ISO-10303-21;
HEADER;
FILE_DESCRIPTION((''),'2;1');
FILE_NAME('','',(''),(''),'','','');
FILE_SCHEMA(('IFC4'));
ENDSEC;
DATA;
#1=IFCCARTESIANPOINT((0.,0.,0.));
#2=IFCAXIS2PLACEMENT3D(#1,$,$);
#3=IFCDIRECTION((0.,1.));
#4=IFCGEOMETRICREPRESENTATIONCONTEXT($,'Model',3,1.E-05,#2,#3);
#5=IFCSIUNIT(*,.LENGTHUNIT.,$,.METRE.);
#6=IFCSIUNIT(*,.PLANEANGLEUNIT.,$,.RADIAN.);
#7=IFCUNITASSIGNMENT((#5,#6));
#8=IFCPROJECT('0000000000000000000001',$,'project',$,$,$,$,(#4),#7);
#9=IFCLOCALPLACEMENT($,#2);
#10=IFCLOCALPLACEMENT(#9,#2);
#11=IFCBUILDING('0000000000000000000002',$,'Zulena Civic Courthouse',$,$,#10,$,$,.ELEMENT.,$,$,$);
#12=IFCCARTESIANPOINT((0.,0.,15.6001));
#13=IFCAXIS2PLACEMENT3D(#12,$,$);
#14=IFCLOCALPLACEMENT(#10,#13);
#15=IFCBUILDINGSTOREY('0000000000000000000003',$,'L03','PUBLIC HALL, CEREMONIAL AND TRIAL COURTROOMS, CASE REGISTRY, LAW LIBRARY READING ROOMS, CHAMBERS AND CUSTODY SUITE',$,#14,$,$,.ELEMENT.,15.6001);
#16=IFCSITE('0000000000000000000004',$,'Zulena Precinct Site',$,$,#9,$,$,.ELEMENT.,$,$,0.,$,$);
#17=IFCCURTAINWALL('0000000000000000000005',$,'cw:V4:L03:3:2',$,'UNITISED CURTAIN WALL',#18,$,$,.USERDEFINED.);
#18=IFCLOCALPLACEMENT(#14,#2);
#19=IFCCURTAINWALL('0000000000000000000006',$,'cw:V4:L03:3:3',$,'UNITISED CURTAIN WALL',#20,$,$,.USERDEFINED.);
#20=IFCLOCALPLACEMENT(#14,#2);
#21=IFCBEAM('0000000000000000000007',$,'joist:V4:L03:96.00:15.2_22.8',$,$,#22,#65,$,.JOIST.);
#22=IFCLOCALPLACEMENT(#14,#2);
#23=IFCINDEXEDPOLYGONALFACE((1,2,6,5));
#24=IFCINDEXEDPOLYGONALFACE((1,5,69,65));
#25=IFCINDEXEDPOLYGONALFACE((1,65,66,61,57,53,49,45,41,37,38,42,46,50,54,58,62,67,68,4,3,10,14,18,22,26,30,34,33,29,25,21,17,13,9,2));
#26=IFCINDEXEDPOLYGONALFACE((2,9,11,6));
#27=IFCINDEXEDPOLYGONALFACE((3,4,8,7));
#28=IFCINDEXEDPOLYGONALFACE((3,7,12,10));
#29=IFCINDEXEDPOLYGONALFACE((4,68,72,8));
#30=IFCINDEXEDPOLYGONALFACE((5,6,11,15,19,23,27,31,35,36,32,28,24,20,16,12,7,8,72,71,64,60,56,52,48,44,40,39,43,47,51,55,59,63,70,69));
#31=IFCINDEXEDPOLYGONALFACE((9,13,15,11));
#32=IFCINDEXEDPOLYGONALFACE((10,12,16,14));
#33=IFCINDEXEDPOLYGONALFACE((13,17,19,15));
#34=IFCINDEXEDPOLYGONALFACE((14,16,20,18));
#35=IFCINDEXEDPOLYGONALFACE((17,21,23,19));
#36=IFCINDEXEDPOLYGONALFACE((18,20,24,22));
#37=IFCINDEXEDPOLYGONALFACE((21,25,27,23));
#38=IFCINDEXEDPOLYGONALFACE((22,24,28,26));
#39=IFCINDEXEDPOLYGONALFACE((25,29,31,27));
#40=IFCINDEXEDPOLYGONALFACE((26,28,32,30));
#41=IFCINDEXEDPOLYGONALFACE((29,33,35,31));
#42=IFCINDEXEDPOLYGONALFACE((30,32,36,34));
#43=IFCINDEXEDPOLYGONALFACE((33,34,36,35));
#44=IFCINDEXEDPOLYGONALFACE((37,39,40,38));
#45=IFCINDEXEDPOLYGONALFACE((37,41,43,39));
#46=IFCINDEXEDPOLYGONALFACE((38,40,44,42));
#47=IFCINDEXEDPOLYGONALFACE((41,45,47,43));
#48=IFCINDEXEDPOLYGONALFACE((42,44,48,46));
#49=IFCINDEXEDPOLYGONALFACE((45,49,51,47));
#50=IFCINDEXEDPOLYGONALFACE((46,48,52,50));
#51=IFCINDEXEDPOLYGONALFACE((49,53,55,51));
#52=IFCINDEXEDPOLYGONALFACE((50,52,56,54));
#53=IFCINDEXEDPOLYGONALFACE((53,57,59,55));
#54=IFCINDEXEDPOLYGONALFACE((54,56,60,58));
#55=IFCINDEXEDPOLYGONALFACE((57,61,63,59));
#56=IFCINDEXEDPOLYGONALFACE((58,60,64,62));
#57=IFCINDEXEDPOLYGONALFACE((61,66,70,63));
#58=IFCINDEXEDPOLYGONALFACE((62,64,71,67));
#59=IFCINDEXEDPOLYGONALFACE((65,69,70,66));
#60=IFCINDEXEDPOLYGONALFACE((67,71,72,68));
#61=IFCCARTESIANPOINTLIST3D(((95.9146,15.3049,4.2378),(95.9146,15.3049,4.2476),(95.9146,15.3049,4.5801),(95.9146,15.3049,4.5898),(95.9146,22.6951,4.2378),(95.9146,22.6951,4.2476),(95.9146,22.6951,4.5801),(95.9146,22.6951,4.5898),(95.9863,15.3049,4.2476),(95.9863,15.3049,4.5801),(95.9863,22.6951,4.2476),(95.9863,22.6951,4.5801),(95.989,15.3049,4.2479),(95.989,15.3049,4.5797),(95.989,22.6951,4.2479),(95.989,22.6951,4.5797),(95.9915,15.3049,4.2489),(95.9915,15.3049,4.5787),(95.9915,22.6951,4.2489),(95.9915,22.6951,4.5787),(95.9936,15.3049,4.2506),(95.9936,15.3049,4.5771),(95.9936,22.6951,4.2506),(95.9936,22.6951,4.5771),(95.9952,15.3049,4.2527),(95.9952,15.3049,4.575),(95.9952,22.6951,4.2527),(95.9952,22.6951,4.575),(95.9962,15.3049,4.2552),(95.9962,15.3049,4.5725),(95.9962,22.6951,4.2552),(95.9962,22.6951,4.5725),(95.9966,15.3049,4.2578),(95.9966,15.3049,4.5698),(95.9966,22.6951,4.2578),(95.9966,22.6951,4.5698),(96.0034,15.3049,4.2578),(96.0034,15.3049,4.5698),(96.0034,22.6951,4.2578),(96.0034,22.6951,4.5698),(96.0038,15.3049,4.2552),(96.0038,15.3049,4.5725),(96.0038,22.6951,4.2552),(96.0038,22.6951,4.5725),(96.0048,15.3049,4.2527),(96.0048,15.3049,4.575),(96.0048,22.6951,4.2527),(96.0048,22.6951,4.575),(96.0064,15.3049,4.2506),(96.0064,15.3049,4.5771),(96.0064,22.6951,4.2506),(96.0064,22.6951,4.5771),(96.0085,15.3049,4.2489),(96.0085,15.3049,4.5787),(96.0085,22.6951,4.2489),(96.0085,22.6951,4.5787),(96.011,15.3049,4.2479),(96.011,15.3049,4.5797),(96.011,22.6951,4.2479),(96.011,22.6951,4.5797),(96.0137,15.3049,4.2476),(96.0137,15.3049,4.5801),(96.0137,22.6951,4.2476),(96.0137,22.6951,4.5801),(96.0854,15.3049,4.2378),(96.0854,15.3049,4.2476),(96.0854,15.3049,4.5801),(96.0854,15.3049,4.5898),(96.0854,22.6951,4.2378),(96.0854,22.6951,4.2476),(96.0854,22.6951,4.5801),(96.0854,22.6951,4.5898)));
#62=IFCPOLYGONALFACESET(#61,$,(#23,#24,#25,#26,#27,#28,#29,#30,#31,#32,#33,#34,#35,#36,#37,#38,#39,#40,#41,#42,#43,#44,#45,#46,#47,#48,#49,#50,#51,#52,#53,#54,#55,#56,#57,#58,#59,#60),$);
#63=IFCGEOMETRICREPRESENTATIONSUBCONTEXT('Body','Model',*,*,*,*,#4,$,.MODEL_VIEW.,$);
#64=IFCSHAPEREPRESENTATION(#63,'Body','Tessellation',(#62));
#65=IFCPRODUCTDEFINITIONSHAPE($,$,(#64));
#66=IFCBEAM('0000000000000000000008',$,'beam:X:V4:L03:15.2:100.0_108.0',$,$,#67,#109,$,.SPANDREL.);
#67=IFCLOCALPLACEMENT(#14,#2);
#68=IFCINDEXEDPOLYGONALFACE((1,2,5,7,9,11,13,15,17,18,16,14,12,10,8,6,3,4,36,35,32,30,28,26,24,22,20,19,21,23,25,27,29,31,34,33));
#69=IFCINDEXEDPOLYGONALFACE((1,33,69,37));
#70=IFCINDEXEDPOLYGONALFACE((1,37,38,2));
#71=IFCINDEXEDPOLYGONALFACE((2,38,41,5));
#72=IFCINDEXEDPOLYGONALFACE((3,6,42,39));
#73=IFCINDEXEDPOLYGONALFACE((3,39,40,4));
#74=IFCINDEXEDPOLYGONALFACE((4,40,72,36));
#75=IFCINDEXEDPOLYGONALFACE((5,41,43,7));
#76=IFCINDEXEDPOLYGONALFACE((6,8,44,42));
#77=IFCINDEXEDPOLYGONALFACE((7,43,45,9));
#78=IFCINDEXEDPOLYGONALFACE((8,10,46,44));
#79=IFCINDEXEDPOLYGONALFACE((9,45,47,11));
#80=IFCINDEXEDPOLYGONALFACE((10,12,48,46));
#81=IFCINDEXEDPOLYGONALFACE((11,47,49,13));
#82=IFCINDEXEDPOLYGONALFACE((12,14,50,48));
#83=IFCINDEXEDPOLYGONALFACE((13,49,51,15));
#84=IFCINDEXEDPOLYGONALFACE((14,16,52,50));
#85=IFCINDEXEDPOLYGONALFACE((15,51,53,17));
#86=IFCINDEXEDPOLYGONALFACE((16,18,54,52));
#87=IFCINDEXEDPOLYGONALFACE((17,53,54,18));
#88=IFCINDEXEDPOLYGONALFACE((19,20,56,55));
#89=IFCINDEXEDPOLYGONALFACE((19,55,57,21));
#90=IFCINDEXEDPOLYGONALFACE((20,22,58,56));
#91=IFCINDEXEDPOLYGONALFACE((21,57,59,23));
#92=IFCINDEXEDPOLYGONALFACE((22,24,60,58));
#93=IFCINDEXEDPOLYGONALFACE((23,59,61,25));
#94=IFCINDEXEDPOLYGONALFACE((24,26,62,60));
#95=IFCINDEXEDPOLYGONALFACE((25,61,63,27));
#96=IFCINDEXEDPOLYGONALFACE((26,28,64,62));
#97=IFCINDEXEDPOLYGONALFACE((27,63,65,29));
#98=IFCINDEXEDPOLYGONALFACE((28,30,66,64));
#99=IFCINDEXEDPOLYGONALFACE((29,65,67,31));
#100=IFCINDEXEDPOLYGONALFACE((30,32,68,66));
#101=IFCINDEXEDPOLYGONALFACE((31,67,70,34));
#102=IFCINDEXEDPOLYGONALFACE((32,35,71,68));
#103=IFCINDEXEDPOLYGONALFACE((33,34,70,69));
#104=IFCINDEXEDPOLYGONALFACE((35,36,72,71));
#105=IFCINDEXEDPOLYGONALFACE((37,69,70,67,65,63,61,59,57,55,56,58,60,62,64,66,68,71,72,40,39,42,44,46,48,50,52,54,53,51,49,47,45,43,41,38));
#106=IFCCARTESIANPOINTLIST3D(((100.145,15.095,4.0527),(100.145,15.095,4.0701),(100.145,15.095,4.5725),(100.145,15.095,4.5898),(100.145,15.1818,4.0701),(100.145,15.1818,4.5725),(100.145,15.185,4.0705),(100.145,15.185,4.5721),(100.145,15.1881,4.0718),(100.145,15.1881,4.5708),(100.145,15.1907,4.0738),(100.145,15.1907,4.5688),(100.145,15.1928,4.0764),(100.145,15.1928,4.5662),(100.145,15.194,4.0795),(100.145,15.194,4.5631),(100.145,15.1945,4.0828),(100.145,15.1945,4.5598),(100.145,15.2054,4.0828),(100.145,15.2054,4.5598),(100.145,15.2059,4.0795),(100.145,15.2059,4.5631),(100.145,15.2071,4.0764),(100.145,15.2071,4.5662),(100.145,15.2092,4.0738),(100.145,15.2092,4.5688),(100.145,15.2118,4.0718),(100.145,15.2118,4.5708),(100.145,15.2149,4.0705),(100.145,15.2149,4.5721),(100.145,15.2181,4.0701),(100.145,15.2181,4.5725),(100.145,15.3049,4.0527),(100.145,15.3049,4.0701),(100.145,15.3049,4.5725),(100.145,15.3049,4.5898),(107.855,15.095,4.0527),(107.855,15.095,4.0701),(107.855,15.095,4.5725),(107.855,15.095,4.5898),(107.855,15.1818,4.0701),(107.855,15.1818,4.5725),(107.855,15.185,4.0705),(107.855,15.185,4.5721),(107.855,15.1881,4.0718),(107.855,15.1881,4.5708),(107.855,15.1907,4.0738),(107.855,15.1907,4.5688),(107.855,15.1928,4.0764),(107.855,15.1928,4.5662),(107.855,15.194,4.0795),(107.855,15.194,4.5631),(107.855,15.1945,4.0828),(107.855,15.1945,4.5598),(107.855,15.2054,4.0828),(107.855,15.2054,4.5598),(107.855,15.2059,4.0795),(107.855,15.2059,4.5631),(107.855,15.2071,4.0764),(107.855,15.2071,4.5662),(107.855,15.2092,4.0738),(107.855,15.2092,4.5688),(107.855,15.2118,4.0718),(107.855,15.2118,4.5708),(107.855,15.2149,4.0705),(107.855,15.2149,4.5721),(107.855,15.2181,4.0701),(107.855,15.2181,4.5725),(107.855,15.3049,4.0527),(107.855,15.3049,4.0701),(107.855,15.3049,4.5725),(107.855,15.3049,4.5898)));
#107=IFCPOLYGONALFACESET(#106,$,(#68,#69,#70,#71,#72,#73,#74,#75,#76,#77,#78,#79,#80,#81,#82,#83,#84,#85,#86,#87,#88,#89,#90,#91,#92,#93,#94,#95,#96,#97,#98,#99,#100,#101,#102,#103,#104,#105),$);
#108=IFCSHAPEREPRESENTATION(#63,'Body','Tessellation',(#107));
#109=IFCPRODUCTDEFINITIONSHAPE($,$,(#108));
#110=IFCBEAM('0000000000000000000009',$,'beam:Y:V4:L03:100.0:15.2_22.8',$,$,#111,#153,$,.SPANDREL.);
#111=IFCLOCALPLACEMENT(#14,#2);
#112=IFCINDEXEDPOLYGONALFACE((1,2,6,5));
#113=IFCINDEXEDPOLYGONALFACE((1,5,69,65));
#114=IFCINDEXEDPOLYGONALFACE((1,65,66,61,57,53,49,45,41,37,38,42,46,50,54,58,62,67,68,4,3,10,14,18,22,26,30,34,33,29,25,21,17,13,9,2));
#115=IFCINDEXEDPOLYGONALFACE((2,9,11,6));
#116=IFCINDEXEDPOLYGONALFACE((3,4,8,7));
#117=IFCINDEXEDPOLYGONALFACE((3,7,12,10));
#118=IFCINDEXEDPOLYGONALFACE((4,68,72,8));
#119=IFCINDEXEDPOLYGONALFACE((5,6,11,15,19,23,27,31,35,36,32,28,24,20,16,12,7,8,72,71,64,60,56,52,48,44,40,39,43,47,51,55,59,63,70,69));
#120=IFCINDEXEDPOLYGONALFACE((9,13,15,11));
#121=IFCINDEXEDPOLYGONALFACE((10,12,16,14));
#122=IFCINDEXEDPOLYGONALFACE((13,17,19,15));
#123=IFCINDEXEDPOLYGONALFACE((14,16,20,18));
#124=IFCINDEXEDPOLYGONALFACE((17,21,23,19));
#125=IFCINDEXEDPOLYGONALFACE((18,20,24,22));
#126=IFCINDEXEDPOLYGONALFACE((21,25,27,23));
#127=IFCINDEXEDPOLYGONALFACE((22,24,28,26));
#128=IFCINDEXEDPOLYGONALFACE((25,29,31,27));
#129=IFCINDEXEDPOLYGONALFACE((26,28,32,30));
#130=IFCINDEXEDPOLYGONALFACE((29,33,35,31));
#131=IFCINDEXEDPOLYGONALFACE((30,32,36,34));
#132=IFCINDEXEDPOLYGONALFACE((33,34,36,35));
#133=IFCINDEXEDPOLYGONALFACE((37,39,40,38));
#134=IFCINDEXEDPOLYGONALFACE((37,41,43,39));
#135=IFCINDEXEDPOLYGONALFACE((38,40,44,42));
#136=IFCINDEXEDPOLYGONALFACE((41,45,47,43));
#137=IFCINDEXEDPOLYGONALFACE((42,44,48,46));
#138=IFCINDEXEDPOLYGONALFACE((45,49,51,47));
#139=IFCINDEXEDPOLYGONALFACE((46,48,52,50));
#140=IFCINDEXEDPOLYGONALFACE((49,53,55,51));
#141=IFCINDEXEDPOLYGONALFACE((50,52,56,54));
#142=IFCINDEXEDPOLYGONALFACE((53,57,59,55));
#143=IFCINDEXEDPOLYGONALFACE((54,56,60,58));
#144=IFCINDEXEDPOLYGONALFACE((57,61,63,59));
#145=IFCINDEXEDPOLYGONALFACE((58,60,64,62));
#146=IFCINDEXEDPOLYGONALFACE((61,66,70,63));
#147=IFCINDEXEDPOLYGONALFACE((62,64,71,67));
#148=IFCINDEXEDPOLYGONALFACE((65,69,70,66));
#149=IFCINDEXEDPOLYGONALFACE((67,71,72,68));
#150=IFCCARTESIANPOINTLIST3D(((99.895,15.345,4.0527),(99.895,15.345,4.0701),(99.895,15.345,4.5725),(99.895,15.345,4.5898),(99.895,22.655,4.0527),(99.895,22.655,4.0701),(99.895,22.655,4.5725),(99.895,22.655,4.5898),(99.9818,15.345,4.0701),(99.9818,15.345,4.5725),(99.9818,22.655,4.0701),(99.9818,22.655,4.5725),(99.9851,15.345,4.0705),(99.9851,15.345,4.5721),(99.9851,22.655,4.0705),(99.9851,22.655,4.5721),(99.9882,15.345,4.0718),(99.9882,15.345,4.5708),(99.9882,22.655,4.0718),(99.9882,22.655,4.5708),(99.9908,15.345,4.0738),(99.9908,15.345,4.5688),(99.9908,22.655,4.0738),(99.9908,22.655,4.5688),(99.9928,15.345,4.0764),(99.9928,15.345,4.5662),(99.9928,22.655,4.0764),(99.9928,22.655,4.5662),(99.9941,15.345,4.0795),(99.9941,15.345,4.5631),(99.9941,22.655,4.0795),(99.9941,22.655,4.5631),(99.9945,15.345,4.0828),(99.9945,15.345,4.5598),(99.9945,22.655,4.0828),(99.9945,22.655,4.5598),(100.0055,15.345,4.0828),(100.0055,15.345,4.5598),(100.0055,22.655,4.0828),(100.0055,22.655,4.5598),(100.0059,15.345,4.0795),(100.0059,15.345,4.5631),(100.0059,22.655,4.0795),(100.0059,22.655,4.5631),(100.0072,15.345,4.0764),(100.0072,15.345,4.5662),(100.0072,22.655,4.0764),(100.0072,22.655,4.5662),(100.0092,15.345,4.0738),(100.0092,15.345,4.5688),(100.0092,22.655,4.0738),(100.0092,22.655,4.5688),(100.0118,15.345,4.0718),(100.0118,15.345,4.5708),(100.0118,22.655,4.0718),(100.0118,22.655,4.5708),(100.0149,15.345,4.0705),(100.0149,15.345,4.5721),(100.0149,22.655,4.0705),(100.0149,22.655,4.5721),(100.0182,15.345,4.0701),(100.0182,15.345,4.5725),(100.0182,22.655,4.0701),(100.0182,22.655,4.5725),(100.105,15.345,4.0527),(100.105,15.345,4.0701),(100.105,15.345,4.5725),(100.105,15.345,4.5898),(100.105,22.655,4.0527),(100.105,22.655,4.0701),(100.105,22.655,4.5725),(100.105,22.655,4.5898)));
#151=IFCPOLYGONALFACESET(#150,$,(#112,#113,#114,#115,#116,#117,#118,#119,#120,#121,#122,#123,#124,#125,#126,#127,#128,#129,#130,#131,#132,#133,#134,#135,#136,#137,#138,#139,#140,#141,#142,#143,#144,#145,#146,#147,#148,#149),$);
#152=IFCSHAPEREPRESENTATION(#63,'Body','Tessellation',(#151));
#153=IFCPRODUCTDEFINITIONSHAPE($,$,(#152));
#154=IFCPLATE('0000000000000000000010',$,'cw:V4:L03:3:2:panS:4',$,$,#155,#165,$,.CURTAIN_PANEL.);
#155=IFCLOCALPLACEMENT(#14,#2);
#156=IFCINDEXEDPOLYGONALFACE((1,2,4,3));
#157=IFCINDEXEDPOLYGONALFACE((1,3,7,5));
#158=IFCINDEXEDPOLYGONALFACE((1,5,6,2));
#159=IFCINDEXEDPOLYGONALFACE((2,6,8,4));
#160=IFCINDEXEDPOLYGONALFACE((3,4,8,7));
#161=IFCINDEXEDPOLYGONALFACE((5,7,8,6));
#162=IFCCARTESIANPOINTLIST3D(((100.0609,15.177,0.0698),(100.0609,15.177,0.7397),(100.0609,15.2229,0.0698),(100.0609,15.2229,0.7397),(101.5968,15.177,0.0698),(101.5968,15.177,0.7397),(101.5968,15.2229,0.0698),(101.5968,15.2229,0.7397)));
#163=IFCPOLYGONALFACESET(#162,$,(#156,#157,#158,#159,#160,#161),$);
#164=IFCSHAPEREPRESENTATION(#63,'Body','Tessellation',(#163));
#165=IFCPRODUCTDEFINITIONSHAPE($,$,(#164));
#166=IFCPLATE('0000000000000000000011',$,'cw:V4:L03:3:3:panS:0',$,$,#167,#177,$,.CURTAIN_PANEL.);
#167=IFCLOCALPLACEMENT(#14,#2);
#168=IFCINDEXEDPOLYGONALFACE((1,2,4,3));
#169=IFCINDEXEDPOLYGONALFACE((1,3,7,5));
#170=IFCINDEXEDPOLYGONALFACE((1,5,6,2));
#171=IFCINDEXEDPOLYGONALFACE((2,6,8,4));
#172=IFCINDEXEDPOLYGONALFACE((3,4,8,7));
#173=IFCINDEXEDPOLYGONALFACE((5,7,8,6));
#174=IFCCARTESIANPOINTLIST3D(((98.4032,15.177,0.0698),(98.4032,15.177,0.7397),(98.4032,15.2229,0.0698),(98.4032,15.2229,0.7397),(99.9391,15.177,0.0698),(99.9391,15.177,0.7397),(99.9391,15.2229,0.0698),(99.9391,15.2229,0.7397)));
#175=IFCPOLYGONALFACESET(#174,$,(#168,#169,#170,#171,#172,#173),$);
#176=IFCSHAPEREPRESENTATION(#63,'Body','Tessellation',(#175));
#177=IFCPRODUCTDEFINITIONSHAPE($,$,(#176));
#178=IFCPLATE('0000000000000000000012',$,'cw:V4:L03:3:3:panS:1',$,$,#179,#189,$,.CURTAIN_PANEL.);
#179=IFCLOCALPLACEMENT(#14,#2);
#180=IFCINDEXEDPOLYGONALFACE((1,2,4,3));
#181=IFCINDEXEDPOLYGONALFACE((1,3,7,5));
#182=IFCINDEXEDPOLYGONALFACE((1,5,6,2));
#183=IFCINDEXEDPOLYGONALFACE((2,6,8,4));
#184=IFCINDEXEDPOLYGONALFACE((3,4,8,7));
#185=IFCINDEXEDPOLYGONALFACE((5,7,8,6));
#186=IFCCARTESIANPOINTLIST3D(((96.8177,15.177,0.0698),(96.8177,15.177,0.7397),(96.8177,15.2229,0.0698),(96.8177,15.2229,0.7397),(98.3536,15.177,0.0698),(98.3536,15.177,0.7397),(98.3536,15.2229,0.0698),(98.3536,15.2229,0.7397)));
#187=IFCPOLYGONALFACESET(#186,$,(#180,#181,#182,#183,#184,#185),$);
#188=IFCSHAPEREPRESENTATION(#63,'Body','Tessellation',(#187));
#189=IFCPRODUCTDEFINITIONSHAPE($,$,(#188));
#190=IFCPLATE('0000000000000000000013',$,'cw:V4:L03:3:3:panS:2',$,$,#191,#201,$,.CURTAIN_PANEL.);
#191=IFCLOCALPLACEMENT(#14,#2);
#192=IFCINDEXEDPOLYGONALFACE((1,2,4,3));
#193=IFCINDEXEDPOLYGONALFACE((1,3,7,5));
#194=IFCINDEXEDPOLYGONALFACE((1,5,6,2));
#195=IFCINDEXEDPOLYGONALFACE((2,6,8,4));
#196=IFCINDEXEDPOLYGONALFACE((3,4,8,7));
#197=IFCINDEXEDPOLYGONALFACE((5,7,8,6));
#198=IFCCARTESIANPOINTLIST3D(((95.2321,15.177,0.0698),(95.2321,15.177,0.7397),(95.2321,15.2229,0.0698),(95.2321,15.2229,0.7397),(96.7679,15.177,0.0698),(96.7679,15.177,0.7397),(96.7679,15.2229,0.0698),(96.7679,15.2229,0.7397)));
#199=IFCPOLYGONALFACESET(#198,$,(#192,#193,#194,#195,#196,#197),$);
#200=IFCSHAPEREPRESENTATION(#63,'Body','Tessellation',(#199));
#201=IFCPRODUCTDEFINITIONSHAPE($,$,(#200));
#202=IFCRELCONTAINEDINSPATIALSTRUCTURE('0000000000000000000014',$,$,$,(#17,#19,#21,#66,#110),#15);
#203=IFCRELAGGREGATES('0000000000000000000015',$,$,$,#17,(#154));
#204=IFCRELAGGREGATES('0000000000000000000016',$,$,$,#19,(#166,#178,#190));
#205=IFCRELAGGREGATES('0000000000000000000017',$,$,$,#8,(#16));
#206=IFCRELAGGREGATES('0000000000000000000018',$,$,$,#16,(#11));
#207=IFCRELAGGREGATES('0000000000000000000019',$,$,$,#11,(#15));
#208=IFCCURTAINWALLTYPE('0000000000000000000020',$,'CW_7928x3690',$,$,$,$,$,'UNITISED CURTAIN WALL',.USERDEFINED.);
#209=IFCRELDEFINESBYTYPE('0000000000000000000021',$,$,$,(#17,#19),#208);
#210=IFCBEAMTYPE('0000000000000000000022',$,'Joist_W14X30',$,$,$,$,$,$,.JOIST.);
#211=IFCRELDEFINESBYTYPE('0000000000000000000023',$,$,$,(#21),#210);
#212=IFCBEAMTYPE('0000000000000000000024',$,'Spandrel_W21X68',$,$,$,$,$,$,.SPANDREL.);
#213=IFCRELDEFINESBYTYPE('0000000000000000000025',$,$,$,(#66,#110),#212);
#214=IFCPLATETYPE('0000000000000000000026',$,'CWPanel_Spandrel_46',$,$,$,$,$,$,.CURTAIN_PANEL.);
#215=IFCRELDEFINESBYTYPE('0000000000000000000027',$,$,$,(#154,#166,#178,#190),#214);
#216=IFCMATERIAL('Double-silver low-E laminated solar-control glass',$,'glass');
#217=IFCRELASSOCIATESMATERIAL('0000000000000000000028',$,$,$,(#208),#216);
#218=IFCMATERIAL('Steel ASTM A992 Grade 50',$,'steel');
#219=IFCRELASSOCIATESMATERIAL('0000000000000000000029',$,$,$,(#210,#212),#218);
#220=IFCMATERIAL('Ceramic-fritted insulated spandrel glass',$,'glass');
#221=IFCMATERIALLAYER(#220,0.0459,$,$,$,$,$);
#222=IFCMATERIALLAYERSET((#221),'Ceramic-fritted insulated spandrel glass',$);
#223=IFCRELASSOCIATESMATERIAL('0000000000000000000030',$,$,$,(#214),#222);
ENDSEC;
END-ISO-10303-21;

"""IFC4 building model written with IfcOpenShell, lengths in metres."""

from ifc_helpers import new_model, si_unit, direction, frame, origin, origin_2d, place, context, subcontext, project, spatial, rectangle, i_section, extrude, material, layer, layer_set, material_profile, profile_set, type_object, element, aggregate, save


model = new_model("IFC4")

# Units and contexts
model_context = context("Model", 3, precision=1e-05, world=origin(), true_north=direction((0.0, 1.0)))
body_context = subcontext(model_context, "Body", "Model", "MODEL_VIEW")
ifc_project = project(units=[si_unit("LENGTHUNIT", "METRE"), si_unit("PLANEANGLEUNIT", "RADIAN")], contexts=[model_context])

# Site, building, storey
site_placement = place(None, origin())
site = spatial("IfcSite", under=ifc_project, at=site_placement, Name="Zulena Precinct Site", CompositionType="ELEMENT", RefElevation=0.0)
building_placement = place(site_placement, origin())
building = spatial("IfcBuilding", under=site, at=building_placement, Name="Zulena Civic Courthouse", CompositionType="ELEMENT")
storey_placement = place(building_placement, frame((0.0, 0.0, 15.6001)))
storey = spatial("IfcBuildingStorey", under=building, at=storey_placement, Name="L03", Description="PUBLIC HALL, CEREMONIAL AND TRIAL COURTROOMS, CASE REGISTRY, LAW LIBRARY READING ROOMS, CHAMBERS AND CUSTODY SUITE", CompositionType="ELEMENT", Elevation=15.6001)

# Shared definitions
ifc_material_1 = material(Name="Steel ASTM A992 Grade 50", Category="steel")

# Curtain wall
ifc_material_2 = material(Name="Double-silver low-E laminated solar-control glass", Category="glass")
curtain_wall_type = type_object("IfcCurtainWallType", Name="CW_7928x3690", ElementType="UNITISED CURTAIN WALL", PredefinedType="USERDEFINED", material=ifc_material_2)
curtain_wall_1_placement = place(storey_placement, origin())
curtain_wall_1 = element("IfcCurtainWall", 1, at=curtain_wall_1_placement, inside=storey, type_object=curtain_wall_type, Name="cw:V4:L03:3:2", ObjectType="UNITISED CURTAIN WALL", PredefinedType="USERDEFINED")

# Curtain wall
curtain_wall_2_placement = place(storey_placement, origin())
curtain_wall_2 = element("IfcCurtainWall", 2, at=curtain_wall_2_placement, inside=storey, type_object=curtain_wall_type, Name="cw:V4:L03:3:3", ObjectType="UNITISED CURTAIN WALL", PredefinedType="USERDEFINED")

# Beams
ifc_material_profile_1 = material_profile(ifc_material_1, i_section(OverallWidth=0.1709, OverallDepth=0.3521, WebThickness=0.0068, FlangeThickness=0.0098, FilletRadius=0.0103, at=origin_2d()), Name="W14X30")
ifc_profile_set_1 = profile_set([ifc_material_profile_1], Name="Steel ASTM A992 Grade 50")
beam_type_1 = type_object("IfcBeamType", Name="Joist_W14X30", PredefinedType="JOIST", material=ifc_profile_set_1)
beam_1_placement = place(storey_placement, frame((96.0, 15.3049, 4.4138), z_axis=(0.0, 1.0, 0.0), x_axis=(-1.0, 0.0, 0.0)))
element("IfcBeam", 3, at=beam_1_placement, inside=storey, type_object=beam_type_1, Name="joist:V4:L03:96.00:15.2_22.8", PredefinedType="JOIST", context=body_context, shape_type="SweptSolid", body=[
    extrude(i_section(OverallWidth=0.1709, OverallDepth=0.3521, WebThickness=0.0068, FlangeThickness=0.0098, FilletRadius=0.0103, at=origin_2d()), origin(), (0.0, 0.0, 1.0), 7.3901),
])
ifc_material_profile_2 = material_profile(ifc_material_1, i_section(OverallWidth=0.21, OverallDepth=0.5371, WebThickness=0.011, FlangeThickness=0.0173, FilletRadius=0.0127, at=origin_2d()), Name="W21X68")
ifc_profile_set_2 = profile_set([ifc_material_profile_2], Name="Steel ASTM A992 Grade 50")
beam_type_2 = type_object("IfcBeamType", Name="Spandrel_W21X68", PredefinedType="SPANDREL", material=ifc_profile_set_2)
beam_2_placement = place(storey_placement, frame((100.145, 15.2, 4.3213), z_axis=(1.0, 0.0, 0.0), x_axis=(0.0, 1.0, 0.0)))
element("IfcBeam", 4, at=beam_2_placement, inside=storey, type_object=beam_type_2, Name="beam:X:V4:L03:15.2:100.0_108.0", PredefinedType="SPANDREL", context=body_context, shape_type="SweptSolid", body=[
    extrude(i_section(OverallWidth=0.21, OverallDepth=0.5371, WebThickness=0.011, FlangeThickness=0.0173, FilletRadius=0.0127, at=origin_2d()), origin(), (0.0, 0.0, 1.0), 7.71),
])
beam_3_placement = place(storey_placement, frame((100.0, 15.345, 4.3213), z_axis=(0.0, 1.0, 0.0), x_axis=(-1.0, 0.0, 0.0)))
element("IfcBeam", 5, at=beam_3_placement, inside=storey, type_object=beam_type_2, Name="beam:Y:V4:L03:100.0:15.2_22.8", PredefinedType="SPANDREL", context=body_context, shape_type="SweptSolid", body=[
    extrude(i_section(OverallWidth=0.21, OverallDepth=0.5371, WebThickness=0.011, FlangeThickness=0.0173, FilletRadius=0.0127, at=origin_2d()), origin(), (0.0, 0.0, 1.0), 7.3101),
])

# Plates
ifc_material_3 = material(Name="Ceramic-fritted insulated spandrel glass", Category="glass")
ifc_layer_1 = layer(ifc_material_3, 0.0459)
ifc_layer_set_1 = layer_set([ifc_layer_1], Name="Ceramic-fritted insulated spandrel glass")
plate_type_1 = type_object("IfcPlateType", Name="CWPanel_Spandrel_46", PredefinedType="CURTAIN_PANEL", material=ifc_layer_set_1)
plate_1_placement = place(storey_placement, frame((100.8289, 15.2, 0.0698), z_axis=(0.0, 0.0, 1.0), x_axis=(-1.0, 0.0, 0.0)))
plate_1 = element("IfcPlate", 6, at=plate_1_placement, type_object=plate_type_1, Name="cw:V4:L03:3:2:panS:4", PredefinedType="CURTAIN_PANEL", context=body_context, shape_type="SweptSolid", body=[
    extrude(rectangle(XDim=1.5359, YDim=0.0459, at=origin_2d()), origin(), (0.0, 0.0, 1.0), 0.6699),
])
plate_2_placement = place(storey_placement, frame((99.1711, 15.2, 0.0698), z_axis=(0.0, 0.0, 1.0), x_axis=(-1.0, 0.0, 0.0)))
plate_2 = element("IfcPlate", 7, at=plate_2_placement, type_object=plate_type_1, Name="cw:V4:L03:3:3:panS:0", PredefinedType="CURTAIN_PANEL", context=body_context, shape_type="SweptSolid", body=[
    extrude(rectangle(XDim=1.5359, YDim=0.0459, at=origin_2d()), origin(), (0.0, 0.0, 1.0), 0.6699),
])
plate_3_placement = place(storey_placement, frame((97.5857, 15.2, 0.0698), z_axis=(0.0, 0.0, 1.0), x_axis=(-1.0, 0.0, 0.0)))
plate_3 = element("IfcPlate", 8, at=plate_3_placement, type_object=plate_type_1, Name="cw:V4:L03:3:3:panS:1", PredefinedType="CURTAIN_PANEL", context=body_context, shape_type="SweptSolid", body=[
    extrude(rectangle(XDim=1.5359, YDim=0.0459, at=origin_2d()), origin(), (0.0, 0.0, 1.0), 0.6699),
])
plate_4_placement = place(storey_placement, frame((96.0, 15.2, 0.0698), z_axis=(0.0, 0.0, 1.0), x_axis=(-1.0, 0.0, 0.0)))
plate_4 = element("IfcPlate", 9, at=plate_4_placement, type_object=plate_type_1, Name="cw:V4:L03:3:3:panS:2", PredefinedType="CURTAIN_PANEL", context=body_context, shape_type="SweptSolid", body=[
    extrude(rectangle(XDim=1.5359, YDim=0.0459, at=origin_2d()), origin(), (0.0, 0.0, 1.0), 0.6699),
])
aggregate(curtain_wall_1, [plate_1])
aggregate(curtain_wall_2, [plate_2, plate_3, plate_4])

save(model, "model.ifc")
